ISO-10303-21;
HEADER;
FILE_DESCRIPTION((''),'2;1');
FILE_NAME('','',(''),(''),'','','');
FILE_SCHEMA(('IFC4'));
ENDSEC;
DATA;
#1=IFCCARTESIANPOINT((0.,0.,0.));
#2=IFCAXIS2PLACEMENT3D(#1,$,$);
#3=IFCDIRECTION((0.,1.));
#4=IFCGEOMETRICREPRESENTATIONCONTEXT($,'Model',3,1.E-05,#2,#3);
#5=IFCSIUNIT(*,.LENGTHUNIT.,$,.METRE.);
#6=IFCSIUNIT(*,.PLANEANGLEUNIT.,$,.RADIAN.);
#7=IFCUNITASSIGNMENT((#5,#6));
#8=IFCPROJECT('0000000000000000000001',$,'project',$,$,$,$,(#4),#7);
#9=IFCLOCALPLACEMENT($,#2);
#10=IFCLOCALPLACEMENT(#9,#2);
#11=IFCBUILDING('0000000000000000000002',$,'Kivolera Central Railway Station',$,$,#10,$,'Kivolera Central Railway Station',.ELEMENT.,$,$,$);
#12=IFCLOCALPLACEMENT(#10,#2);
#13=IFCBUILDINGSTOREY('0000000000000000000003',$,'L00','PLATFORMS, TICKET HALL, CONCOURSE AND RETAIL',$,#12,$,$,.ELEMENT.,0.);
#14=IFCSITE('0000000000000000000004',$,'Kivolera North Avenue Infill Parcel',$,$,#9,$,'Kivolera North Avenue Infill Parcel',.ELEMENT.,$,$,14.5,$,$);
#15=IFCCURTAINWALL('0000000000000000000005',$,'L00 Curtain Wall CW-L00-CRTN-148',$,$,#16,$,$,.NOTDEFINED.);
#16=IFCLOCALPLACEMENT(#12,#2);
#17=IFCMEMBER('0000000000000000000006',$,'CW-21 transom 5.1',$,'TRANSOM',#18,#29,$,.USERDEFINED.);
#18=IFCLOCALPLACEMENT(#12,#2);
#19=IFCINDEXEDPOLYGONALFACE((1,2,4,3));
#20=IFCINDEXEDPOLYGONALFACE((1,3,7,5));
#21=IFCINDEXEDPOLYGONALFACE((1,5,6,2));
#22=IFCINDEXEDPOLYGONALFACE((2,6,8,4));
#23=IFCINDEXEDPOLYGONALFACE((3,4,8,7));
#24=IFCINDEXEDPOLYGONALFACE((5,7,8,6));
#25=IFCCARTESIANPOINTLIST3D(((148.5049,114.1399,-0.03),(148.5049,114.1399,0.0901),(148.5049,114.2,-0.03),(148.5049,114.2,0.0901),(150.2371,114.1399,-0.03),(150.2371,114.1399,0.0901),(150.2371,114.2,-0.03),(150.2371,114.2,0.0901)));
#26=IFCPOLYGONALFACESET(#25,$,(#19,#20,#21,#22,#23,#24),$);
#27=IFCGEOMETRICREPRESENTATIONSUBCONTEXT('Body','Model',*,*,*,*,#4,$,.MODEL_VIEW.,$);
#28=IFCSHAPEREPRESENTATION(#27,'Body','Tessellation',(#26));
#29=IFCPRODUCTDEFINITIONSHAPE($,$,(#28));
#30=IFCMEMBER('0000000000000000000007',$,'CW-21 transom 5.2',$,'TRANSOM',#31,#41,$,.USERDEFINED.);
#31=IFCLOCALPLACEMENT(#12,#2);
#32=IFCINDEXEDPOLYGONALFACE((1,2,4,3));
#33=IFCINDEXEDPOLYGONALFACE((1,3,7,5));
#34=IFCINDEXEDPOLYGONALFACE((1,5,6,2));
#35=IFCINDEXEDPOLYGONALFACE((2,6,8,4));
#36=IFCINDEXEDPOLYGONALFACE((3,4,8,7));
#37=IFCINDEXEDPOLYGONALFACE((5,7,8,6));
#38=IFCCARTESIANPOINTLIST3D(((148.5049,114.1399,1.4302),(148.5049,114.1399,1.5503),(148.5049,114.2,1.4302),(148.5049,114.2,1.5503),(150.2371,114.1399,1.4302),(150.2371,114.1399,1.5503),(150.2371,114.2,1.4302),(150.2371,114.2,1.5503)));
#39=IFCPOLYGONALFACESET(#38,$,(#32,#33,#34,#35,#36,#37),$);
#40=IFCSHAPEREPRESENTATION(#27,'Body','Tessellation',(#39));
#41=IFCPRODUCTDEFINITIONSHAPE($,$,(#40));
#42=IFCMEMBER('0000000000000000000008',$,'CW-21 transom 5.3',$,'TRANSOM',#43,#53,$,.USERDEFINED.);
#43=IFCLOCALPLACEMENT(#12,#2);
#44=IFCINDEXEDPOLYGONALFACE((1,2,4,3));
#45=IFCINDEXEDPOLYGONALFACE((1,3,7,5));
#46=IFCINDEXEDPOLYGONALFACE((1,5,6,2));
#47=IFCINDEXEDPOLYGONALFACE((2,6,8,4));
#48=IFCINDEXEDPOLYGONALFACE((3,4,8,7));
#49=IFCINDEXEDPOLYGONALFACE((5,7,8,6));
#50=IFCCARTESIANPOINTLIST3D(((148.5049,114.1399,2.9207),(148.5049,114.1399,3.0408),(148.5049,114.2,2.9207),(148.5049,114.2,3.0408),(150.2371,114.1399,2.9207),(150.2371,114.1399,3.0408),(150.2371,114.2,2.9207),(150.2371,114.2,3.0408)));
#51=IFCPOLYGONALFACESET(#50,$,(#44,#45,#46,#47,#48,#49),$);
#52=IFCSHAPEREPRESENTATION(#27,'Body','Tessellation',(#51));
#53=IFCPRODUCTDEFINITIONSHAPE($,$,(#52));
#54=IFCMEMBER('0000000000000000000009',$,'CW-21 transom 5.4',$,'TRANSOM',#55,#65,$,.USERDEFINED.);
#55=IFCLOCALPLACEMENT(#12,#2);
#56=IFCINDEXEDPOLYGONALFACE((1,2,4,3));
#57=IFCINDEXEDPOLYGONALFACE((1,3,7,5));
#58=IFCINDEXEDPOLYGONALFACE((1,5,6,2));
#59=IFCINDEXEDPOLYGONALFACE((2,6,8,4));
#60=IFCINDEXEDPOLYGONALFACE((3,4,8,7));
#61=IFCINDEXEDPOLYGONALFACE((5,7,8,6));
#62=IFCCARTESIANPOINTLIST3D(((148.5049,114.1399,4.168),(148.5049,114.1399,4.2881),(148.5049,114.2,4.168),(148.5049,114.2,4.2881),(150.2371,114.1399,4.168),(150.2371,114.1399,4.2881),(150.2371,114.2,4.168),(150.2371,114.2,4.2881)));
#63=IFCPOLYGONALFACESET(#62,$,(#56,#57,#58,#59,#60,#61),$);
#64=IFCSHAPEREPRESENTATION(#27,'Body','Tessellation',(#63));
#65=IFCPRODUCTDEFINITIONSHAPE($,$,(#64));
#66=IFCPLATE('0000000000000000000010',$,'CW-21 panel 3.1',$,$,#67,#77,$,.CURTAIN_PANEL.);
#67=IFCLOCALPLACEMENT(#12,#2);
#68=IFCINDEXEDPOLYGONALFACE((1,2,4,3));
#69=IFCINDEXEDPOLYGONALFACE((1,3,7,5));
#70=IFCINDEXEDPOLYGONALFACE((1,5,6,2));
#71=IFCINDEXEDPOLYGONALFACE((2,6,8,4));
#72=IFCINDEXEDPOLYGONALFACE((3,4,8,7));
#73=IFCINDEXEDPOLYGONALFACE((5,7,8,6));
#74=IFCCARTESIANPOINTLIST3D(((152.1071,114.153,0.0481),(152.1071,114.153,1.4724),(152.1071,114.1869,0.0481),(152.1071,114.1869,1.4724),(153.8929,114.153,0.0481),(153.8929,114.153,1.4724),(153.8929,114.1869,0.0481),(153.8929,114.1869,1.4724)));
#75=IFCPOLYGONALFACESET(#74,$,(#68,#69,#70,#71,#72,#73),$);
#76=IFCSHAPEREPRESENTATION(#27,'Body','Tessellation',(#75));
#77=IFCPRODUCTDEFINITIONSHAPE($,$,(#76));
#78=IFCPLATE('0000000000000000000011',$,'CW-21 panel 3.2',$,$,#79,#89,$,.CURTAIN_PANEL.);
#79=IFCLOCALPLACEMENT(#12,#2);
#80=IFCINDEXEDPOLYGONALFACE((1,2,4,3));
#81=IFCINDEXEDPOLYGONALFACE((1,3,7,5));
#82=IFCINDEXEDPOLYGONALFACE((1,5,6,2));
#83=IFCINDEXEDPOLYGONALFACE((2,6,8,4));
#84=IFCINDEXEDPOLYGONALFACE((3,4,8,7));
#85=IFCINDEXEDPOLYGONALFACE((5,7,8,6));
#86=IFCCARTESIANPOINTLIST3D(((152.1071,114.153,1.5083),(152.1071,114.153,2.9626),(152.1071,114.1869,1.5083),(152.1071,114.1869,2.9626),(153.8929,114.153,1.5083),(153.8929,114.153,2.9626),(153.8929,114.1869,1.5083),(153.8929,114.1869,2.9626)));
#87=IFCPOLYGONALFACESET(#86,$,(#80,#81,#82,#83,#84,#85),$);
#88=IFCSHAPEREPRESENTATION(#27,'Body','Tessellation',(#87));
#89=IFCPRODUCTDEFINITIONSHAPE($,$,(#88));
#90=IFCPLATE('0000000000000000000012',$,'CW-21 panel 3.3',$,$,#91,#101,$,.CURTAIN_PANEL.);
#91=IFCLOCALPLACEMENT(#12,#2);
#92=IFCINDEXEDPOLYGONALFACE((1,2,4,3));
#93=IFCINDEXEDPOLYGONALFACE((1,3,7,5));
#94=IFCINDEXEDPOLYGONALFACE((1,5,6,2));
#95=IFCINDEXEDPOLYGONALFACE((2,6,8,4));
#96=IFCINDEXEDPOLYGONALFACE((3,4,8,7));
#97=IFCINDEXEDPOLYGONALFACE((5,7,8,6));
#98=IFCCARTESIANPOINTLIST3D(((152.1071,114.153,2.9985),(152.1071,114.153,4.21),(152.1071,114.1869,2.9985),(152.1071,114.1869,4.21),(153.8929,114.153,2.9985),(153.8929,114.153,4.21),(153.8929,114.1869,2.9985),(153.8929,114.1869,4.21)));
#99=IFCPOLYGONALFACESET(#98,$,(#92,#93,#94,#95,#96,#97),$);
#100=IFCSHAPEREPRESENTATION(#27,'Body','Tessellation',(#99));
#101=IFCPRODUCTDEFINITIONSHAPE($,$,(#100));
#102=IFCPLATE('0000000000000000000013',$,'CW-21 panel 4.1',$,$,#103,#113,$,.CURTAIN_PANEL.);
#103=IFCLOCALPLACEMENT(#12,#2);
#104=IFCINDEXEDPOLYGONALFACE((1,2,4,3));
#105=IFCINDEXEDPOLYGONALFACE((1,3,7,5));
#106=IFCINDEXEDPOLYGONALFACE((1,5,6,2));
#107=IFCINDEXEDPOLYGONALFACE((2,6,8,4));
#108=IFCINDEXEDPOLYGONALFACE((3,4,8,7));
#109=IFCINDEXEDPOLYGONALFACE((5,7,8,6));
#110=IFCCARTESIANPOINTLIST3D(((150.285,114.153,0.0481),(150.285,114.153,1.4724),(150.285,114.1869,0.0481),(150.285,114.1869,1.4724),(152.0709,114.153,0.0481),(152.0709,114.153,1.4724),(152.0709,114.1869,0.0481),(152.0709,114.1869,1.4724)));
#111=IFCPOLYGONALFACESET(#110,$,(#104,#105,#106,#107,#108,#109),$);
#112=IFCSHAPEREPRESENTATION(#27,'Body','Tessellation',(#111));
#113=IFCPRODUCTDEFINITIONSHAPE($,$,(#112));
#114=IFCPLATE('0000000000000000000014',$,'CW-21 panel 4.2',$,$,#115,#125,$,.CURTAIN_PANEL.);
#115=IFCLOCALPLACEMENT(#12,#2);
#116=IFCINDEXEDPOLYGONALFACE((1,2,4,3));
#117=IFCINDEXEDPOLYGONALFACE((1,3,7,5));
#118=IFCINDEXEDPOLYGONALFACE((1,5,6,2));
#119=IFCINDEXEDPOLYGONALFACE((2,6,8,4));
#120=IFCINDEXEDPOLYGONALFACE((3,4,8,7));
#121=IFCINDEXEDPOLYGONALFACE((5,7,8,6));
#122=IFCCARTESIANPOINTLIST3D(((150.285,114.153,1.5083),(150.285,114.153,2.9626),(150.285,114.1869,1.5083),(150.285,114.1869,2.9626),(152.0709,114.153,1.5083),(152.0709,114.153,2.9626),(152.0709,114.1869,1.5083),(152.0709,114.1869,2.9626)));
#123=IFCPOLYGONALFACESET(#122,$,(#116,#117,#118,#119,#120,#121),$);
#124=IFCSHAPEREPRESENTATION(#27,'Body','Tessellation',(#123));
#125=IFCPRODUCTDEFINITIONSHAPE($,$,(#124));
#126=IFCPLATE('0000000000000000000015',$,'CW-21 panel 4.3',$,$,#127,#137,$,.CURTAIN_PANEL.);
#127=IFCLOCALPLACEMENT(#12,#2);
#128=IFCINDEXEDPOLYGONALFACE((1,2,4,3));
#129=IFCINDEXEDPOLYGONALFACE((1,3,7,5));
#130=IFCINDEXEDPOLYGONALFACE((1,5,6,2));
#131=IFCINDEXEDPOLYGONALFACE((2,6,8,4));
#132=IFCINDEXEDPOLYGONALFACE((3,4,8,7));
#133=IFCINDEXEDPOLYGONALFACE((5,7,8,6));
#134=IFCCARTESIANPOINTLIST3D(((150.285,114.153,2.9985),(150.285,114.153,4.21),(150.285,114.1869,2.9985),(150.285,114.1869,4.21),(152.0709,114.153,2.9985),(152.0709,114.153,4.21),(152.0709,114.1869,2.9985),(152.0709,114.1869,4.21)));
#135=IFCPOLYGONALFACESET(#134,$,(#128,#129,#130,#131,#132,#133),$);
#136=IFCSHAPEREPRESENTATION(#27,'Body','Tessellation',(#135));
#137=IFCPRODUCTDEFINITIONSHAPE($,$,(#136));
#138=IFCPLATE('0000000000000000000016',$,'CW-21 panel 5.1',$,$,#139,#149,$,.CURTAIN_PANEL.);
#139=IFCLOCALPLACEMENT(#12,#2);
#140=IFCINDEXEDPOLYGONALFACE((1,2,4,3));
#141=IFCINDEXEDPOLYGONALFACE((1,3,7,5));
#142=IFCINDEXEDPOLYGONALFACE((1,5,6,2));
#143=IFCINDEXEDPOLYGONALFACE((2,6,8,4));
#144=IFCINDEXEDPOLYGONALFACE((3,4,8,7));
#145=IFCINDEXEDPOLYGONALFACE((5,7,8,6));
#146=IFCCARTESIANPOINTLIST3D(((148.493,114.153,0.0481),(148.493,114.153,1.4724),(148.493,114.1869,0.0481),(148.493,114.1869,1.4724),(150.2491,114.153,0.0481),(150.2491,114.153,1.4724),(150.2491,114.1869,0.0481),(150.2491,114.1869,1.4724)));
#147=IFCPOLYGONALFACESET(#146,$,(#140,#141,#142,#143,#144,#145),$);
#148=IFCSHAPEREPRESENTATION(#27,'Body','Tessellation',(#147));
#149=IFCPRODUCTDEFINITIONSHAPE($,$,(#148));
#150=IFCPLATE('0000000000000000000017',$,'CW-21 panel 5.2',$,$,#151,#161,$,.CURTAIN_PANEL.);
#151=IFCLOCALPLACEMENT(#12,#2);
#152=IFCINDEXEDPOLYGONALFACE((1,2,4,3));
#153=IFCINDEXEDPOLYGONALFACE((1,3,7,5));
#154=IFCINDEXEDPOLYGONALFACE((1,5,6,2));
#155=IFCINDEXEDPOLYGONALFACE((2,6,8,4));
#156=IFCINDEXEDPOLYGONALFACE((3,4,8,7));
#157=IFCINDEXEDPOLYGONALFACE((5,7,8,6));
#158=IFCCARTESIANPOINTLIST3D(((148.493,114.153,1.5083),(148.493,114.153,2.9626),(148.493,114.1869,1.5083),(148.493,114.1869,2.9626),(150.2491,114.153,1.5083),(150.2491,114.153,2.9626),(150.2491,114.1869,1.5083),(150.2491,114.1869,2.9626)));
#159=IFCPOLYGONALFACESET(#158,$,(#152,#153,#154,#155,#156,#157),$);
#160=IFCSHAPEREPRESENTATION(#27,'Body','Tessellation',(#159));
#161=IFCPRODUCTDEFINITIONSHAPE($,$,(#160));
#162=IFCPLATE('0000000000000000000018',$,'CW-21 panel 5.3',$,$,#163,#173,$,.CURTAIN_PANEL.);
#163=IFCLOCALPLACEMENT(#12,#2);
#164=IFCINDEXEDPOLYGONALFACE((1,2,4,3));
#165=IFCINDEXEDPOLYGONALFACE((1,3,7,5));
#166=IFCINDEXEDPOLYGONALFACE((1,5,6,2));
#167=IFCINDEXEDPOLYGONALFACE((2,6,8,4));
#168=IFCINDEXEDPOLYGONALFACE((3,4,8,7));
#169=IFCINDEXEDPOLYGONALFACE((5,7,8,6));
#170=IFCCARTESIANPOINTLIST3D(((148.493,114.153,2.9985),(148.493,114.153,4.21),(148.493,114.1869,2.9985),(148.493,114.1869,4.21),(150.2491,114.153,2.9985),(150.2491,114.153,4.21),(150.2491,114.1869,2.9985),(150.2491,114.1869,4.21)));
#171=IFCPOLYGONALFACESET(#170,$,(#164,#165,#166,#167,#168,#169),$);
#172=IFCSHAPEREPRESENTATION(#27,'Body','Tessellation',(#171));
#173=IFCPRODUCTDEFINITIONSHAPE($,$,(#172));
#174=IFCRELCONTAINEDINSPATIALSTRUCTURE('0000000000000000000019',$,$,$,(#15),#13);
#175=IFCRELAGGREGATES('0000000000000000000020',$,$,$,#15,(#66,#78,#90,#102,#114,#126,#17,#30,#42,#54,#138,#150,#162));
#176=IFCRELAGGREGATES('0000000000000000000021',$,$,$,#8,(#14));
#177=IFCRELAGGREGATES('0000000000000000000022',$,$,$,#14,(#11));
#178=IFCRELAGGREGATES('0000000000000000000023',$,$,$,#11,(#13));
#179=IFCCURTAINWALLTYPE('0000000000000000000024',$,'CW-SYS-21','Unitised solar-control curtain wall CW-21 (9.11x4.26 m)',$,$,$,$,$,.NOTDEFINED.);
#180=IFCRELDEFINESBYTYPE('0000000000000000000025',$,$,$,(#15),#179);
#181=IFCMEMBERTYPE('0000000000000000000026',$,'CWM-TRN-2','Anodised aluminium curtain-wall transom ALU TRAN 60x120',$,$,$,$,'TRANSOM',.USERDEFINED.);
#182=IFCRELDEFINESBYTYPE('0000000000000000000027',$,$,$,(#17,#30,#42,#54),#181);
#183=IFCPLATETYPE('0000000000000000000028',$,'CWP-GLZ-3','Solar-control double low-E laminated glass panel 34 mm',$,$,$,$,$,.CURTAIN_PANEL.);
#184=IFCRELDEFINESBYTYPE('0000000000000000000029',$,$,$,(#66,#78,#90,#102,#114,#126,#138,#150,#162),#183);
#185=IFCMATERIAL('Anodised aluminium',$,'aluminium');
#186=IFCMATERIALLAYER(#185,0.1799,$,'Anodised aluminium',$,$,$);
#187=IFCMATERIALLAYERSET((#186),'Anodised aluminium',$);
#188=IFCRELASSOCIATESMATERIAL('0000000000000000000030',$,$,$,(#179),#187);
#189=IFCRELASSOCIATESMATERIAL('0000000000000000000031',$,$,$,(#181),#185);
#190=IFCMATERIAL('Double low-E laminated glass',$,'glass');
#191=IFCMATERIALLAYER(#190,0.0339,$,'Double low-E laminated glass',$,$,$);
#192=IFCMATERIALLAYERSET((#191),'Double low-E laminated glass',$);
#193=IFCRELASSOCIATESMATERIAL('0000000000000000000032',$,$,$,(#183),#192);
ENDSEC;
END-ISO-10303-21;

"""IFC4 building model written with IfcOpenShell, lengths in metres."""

from ifc_helpers import new_model, si_unit, direction, frame, origin, origin_2d, place, context, subcontext, project, spatial, rectangle, extrude, material, layer, layer_set, material_profile, profile_set, type_object, element, aggregate, save


model = new_model("IFC4")

# Units and contexts
model_context = context("Model", 3, precision=1e-05, world=origin(), true_north=direction((0.0, 1.0)))
body_context = subcontext(model_context, "Body", "Model", "MODEL_VIEW")
ifc_project = project(units=[si_unit("LENGTHUNIT", "METRE"), si_unit("PLANEANGLEUNIT", "RADIAN")], contexts=[model_context])

# Site, building, storey
site_placement = place(None, origin())
site = spatial("IfcSite", under=ifc_project, at=site_placement, Name="Kivolera North Avenue Infill Parcel", LongName="Kivolera North Avenue Infill Parcel", CompositionType="ELEMENT", RefElevation=14.5)
building_placement = place(site_placement, origin())
building = spatial("IfcBuilding", under=site, at=building_placement, Name="Kivolera Central Railway Station", LongName="Kivolera Central Railway Station", CompositionType="ELEMENT")
storey_placement = place(building_placement, origin())
storey = spatial("IfcBuildingStorey", under=building, at=storey_placement, Name="L00", Description="PLATFORMS, TICKET HALL, CONCOURSE AND RETAIL", CompositionType="ELEMENT", Elevation=0.0)

# Curtain wall, members, plates
ifc_material_1 = material(Name="Anodised aluminium", Category="aluminium")
ifc_layer_1 = layer(ifc_material_1, 0.1799, Name="Anodised aluminium")
ifc_layer_set_1 = layer_set([ifc_layer_1], Name="Anodised aluminium")
curtain_wall_type = type_object("IfcCurtainWallType", Name="CW-SYS-21", Description="Unitised solar-control curtain wall CW-21 (9.11x4.26 m)", PredefinedType="NOTDEFINED", material=ifc_layer_set_1)
curtain_wall_placement = place(storey_placement, origin())
curtain_wall = element("IfcCurtainWall", 1, at=curtain_wall_placement, inside=storey, type_object=curtain_wall_type, Name="L00 Curtain Wall CW-L00-CRTN-148", PredefinedType="NOTDEFINED")
ifc_material_profile_1 = material_profile(ifc_material_1, rectangle(XDim=0.0601, YDim=0.1201, at=origin_2d()), Name="ALU TRAN 60x120")
ifc_profile_set_1 = profile_set([ifc_material_profile_1], Name="Anodised aluminium")
member_type_1 = type_object("IfcMemberType", Name="CWM-TRN-2", Description="Anodised aluminium curtain-wall transom ALU TRAN 60x120", ElementType="TRANSOM", PredefinedType="USERDEFINED", material=ifc_profile_set_1)
member_1_placement = place(storey_placement, frame((150.2371, 114.1699, 0.03), z_axis=(-1.0, 0.0, 0.0), x_axis=(0.0, -1.0, 0.0)))
member_1 = element("IfcMember", 2, at=member_1_placement, type_object=member_type_1, Name="CW-21 transom 5.1", ObjectType="TRANSOM", PredefinedType="USERDEFINED", context=body_context, shape_type="SweptSolid", body=[
    extrude(rectangle(XDim=0.0601, YDim=0.1201, at=origin_2d()), origin(), (0.0, 0.0, 1.0), 1.7322),
])
member_2_placement = place(storey_placement, frame((150.2371, 114.1699, 1.4902), z_axis=(-1.0, 0.0, 0.0), x_axis=(0.0, -1.0, 0.0)))
member_2 = element("IfcMember", 3, at=member_2_placement, type_object=member_type_1, Name="CW-21 transom 5.2", ObjectType="TRANSOM", PredefinedType="USERDEFINED", context=body_context, shape_type="SweptSolid", body=[
    extrude(rectangle(XDim=0.0601, YDim=0.1201, at=origin_2d()), origin(), (0.0, 0.0, 1.0), 1.7322),
])
member_3_placement = place(storey_placement, frame((150.2371, 114.1699, 2.9807), z_axis=(-1.0, 0.0, 0.0), x_axis=(0.0, -1.0, 0.0)))
member_3 = element("IfcMember", 4, at=member_3_placement, type_object=member_type_1, Name="CW-21 transom 5.3", ObjectType="TRANSOM", PredefinedType="USERDEFINED", context=body_context, shape_type="SweptSolid", body=[
    extrude(rectangle(XDim=0.0601, YDim=0.1201, at=origin_2d()), origin(), (0.0, 0.0, 1.0), 1.7322),
])
member_4_placement = place(storey_placement, frame((150.2371, 114.1699, 4.228), z_axis=(-1.0, 0.0, 0.0), x_axis=(0.0, -1.0, 0.0)))
member_4 = element("IfcMember", 5, at=member_4_placement, type_object=member_type_1, Name="CW-21 transom 5.4", ObjectType="TRANSOM", PredefinedType="USERDEFINED", context=body_context, shape_type="SweptSolid", body=[
    extrude(rectangle(XDim=0.0601, YDim=0.1201, at=origin_2d()), origin(), (0.0, 0.0, 1.0), 1.7322),
])
ifc_material_2 = material(Name="Double low-E laminated glass", Category="glass")
ifc_layer_2 = layer(ifc_material_2, 0.0339, Name="Double low-E laminated glass")
ifc_layer_set_2 = layer_set([ifc_layer_2], Name="Double low-E laminated glass")
plate_type = type_object("IfcPlateType", Name="CWP-GLZ-3", Description="Solar-control double low-E laminated glass panel 34 mm", PredefinedType="CURTAIN_PANEL", material=ifc_layer_set_2)
plate_1_placement = place(storey_placement, frame((153.0, 114.1699, 0.0481), z_axis=(0.0, 0.0, 1.0), x_axis=(-1.0, 0.0, 0.0)))
plate_1 = element("IfcPlate", 6, at=plate_1_placement, type_object=plate_type, Name="CW-21 panel 3.1", PredefinedType="CURTAIN_PANEL", context=body_context, shape_type="SweptSolid", body=[
    extrude(rectangle(XDim=1.7859, YDim=0.0339, at=origin_2d()), origin(), (0.0, 0.0, 1.0), 1.4243),
])
plate_2_placement = place(storey_placement, frame((153.0, 114.1699, 1.5083), z_axis=(0.0, 0.0, 1.0), x_axis=(-1.0, 0.0, 0.0)))
plate_2 = element("IfcPlate", 7, at=plate_2_placement, type_object=plate_type, Name="CW-21 panel 3.2", PredefinedType="CURTAIN_PANEL", context=body_context, shape_type="SweptSolid", body=[
    extrude(rectangle(XDim=1.7859, YDim=0.0339, at=origin_2d()), origin(), (0.0, 0.0, 1.0), 1.4543),
])
plate_3_placement = place(storey_placement, frame((153.0, 114.1699, 2.9985), z_axis=(0.0, 0.0, 1.0), x_axis=(-1.0, 0.0, 0.0)))
plate_3 = element("IfcPlate", 8, at=plate_3_placement, type_object=plate_type, Name="CW-21 panel 3.3", PredefinedType="CURTAIN_PANEL", context=body_context, shape_type="SweptSolid", body=[
    extrude(rectangle(XDim=1.7859, YDim=0.0339, at=origin_2d()), origin(), (0.0, 0.0, 1.0), 1.2114),
])
plate_4_placement = place(storey_placement, frame((151.178, 114.1699, 0.0481), z_axis=(0.0, 0.0, 1.0), x_axis=(-1.0, 0.0, 0.0)))
plate_4 = element("IfcPlate", 9, at=plate_4_placement, type_object=plate_type, Name="CW-21 panel 4.1", PredefinedType="CURTAIN_PANEL", context=body_context, shape_type="SweptSolid", body=[
    extrude(rectangle(XDim=1.7859, YDim=0.0339, at=origin_2d()), origin(), (0.0, 0.0, 1.0), 1.4243),
])
plate_5_placement = place(storey_placement, frame((151.178, 114.1699, 1.5083), z_axis=(0.0, 0.0, 1.0), x_axis=(-1.0, 0.0, 0.0)))
plate_5 = element("IfcPlate", 10, at=plate_5_placement, type_object=plate_type, Name="CW-21 panel 4.2", PredefinedType="CURTAIN_PANEL", context=body_context, shape_type="SweptSolid", body=[
    extrude(rectangle(XDim=1.7859, YDim=0.0339, at=origin_2d()), origin(), (0.0, 0.0, 1.0), 1.4543),
])
plate_6_placement = place(storey_placement, frame((151.178, 114.1699, 2.9985), z_axis=(0.0, 0.0, 1.0), x_axis=(-1.0, 0.0, 0.0)))
plate_6 = element("IfcPlate", 11, at=plate_6_placement, type_object=plate_type, Name="CW-21 panel 4.3", PredefinedType="CURTAIN_PANEL", context=body_context, shape_type="SweptSolid", body=[
    extrude(rectangle(XDim=1.7859, YDim=0.0339, at=origin_2d()), origin(), (0.0, 0.0, 1.0), 1.2114),
])
plate_7_placement = place(storey_placement, frame((149.3711, 114.1699, 0.0481), z_axis=(0.0, 0.0, 1.0), x_axis=(-1.0, 0.0, 0.0)))
plate_7 = element("IfcPlate", 12, at=plate_7_placement, type_object=plate_type, Name="CW-21 panel 5.1", PredefinedType="CURTAIN_PANEL", context=body_context, shape_type="SweptSolid", body=[
    extrude(rectangle(XDim=1.7561, YDim=0.0339, at=origin_2d()), origin(), (0.0, 0.0, 1.0), 1.4243),
])
plate_8_placement = place(storey_placement, frame((149.3711, 114.1699, 1.5083), z_axis=(0.0, 0.0, 1.0), x_axis=(-1.0, 0.0, 0.0)))
plate_8 = element("IfcPlate", 13, at=plate_8_placement, type_object=plate_type, Name="CW-21 panel 5.2", PredefinedType="CURTAIN_PANEL", context=body_context, shape_type="SweptSolid", body=[
    extrude(rectangle(XDim=1.7561, YDim=0.0339, at=origin_2d()), origin(), (0.0, 0.0, 1.0), 1.4543),
])
plate_9_placement = place(storey_placement, frame((149.3711, 114.1699, 2.9985), z_axis=(0.0, 0.0, 1.0), x_axis=(-1.0, 0.0, 0.0)))
plate_9 = element("IfcPlate", 14, at=plate_9_placement, type_object=plate_type, Name="CW-21 panel 5.3", PredefinedType="CURTAIN_PANEL", context=body_context, shape_type="SweptSolid", body=[
    extrude(rectangle(XDim=1.7561, YDim=0.0339, at=origin_2d()), origin(), (0.0, 0.0, 1.0), 1.2114),
])
aggregate(curtain_wall, [plate_1, plate_2, plate_3, plate_4, plate_5, plate_6, member_1, member_2, member_3, member_4, plate_7, plate_8, plate_9])

save(model, "model.ifc")
